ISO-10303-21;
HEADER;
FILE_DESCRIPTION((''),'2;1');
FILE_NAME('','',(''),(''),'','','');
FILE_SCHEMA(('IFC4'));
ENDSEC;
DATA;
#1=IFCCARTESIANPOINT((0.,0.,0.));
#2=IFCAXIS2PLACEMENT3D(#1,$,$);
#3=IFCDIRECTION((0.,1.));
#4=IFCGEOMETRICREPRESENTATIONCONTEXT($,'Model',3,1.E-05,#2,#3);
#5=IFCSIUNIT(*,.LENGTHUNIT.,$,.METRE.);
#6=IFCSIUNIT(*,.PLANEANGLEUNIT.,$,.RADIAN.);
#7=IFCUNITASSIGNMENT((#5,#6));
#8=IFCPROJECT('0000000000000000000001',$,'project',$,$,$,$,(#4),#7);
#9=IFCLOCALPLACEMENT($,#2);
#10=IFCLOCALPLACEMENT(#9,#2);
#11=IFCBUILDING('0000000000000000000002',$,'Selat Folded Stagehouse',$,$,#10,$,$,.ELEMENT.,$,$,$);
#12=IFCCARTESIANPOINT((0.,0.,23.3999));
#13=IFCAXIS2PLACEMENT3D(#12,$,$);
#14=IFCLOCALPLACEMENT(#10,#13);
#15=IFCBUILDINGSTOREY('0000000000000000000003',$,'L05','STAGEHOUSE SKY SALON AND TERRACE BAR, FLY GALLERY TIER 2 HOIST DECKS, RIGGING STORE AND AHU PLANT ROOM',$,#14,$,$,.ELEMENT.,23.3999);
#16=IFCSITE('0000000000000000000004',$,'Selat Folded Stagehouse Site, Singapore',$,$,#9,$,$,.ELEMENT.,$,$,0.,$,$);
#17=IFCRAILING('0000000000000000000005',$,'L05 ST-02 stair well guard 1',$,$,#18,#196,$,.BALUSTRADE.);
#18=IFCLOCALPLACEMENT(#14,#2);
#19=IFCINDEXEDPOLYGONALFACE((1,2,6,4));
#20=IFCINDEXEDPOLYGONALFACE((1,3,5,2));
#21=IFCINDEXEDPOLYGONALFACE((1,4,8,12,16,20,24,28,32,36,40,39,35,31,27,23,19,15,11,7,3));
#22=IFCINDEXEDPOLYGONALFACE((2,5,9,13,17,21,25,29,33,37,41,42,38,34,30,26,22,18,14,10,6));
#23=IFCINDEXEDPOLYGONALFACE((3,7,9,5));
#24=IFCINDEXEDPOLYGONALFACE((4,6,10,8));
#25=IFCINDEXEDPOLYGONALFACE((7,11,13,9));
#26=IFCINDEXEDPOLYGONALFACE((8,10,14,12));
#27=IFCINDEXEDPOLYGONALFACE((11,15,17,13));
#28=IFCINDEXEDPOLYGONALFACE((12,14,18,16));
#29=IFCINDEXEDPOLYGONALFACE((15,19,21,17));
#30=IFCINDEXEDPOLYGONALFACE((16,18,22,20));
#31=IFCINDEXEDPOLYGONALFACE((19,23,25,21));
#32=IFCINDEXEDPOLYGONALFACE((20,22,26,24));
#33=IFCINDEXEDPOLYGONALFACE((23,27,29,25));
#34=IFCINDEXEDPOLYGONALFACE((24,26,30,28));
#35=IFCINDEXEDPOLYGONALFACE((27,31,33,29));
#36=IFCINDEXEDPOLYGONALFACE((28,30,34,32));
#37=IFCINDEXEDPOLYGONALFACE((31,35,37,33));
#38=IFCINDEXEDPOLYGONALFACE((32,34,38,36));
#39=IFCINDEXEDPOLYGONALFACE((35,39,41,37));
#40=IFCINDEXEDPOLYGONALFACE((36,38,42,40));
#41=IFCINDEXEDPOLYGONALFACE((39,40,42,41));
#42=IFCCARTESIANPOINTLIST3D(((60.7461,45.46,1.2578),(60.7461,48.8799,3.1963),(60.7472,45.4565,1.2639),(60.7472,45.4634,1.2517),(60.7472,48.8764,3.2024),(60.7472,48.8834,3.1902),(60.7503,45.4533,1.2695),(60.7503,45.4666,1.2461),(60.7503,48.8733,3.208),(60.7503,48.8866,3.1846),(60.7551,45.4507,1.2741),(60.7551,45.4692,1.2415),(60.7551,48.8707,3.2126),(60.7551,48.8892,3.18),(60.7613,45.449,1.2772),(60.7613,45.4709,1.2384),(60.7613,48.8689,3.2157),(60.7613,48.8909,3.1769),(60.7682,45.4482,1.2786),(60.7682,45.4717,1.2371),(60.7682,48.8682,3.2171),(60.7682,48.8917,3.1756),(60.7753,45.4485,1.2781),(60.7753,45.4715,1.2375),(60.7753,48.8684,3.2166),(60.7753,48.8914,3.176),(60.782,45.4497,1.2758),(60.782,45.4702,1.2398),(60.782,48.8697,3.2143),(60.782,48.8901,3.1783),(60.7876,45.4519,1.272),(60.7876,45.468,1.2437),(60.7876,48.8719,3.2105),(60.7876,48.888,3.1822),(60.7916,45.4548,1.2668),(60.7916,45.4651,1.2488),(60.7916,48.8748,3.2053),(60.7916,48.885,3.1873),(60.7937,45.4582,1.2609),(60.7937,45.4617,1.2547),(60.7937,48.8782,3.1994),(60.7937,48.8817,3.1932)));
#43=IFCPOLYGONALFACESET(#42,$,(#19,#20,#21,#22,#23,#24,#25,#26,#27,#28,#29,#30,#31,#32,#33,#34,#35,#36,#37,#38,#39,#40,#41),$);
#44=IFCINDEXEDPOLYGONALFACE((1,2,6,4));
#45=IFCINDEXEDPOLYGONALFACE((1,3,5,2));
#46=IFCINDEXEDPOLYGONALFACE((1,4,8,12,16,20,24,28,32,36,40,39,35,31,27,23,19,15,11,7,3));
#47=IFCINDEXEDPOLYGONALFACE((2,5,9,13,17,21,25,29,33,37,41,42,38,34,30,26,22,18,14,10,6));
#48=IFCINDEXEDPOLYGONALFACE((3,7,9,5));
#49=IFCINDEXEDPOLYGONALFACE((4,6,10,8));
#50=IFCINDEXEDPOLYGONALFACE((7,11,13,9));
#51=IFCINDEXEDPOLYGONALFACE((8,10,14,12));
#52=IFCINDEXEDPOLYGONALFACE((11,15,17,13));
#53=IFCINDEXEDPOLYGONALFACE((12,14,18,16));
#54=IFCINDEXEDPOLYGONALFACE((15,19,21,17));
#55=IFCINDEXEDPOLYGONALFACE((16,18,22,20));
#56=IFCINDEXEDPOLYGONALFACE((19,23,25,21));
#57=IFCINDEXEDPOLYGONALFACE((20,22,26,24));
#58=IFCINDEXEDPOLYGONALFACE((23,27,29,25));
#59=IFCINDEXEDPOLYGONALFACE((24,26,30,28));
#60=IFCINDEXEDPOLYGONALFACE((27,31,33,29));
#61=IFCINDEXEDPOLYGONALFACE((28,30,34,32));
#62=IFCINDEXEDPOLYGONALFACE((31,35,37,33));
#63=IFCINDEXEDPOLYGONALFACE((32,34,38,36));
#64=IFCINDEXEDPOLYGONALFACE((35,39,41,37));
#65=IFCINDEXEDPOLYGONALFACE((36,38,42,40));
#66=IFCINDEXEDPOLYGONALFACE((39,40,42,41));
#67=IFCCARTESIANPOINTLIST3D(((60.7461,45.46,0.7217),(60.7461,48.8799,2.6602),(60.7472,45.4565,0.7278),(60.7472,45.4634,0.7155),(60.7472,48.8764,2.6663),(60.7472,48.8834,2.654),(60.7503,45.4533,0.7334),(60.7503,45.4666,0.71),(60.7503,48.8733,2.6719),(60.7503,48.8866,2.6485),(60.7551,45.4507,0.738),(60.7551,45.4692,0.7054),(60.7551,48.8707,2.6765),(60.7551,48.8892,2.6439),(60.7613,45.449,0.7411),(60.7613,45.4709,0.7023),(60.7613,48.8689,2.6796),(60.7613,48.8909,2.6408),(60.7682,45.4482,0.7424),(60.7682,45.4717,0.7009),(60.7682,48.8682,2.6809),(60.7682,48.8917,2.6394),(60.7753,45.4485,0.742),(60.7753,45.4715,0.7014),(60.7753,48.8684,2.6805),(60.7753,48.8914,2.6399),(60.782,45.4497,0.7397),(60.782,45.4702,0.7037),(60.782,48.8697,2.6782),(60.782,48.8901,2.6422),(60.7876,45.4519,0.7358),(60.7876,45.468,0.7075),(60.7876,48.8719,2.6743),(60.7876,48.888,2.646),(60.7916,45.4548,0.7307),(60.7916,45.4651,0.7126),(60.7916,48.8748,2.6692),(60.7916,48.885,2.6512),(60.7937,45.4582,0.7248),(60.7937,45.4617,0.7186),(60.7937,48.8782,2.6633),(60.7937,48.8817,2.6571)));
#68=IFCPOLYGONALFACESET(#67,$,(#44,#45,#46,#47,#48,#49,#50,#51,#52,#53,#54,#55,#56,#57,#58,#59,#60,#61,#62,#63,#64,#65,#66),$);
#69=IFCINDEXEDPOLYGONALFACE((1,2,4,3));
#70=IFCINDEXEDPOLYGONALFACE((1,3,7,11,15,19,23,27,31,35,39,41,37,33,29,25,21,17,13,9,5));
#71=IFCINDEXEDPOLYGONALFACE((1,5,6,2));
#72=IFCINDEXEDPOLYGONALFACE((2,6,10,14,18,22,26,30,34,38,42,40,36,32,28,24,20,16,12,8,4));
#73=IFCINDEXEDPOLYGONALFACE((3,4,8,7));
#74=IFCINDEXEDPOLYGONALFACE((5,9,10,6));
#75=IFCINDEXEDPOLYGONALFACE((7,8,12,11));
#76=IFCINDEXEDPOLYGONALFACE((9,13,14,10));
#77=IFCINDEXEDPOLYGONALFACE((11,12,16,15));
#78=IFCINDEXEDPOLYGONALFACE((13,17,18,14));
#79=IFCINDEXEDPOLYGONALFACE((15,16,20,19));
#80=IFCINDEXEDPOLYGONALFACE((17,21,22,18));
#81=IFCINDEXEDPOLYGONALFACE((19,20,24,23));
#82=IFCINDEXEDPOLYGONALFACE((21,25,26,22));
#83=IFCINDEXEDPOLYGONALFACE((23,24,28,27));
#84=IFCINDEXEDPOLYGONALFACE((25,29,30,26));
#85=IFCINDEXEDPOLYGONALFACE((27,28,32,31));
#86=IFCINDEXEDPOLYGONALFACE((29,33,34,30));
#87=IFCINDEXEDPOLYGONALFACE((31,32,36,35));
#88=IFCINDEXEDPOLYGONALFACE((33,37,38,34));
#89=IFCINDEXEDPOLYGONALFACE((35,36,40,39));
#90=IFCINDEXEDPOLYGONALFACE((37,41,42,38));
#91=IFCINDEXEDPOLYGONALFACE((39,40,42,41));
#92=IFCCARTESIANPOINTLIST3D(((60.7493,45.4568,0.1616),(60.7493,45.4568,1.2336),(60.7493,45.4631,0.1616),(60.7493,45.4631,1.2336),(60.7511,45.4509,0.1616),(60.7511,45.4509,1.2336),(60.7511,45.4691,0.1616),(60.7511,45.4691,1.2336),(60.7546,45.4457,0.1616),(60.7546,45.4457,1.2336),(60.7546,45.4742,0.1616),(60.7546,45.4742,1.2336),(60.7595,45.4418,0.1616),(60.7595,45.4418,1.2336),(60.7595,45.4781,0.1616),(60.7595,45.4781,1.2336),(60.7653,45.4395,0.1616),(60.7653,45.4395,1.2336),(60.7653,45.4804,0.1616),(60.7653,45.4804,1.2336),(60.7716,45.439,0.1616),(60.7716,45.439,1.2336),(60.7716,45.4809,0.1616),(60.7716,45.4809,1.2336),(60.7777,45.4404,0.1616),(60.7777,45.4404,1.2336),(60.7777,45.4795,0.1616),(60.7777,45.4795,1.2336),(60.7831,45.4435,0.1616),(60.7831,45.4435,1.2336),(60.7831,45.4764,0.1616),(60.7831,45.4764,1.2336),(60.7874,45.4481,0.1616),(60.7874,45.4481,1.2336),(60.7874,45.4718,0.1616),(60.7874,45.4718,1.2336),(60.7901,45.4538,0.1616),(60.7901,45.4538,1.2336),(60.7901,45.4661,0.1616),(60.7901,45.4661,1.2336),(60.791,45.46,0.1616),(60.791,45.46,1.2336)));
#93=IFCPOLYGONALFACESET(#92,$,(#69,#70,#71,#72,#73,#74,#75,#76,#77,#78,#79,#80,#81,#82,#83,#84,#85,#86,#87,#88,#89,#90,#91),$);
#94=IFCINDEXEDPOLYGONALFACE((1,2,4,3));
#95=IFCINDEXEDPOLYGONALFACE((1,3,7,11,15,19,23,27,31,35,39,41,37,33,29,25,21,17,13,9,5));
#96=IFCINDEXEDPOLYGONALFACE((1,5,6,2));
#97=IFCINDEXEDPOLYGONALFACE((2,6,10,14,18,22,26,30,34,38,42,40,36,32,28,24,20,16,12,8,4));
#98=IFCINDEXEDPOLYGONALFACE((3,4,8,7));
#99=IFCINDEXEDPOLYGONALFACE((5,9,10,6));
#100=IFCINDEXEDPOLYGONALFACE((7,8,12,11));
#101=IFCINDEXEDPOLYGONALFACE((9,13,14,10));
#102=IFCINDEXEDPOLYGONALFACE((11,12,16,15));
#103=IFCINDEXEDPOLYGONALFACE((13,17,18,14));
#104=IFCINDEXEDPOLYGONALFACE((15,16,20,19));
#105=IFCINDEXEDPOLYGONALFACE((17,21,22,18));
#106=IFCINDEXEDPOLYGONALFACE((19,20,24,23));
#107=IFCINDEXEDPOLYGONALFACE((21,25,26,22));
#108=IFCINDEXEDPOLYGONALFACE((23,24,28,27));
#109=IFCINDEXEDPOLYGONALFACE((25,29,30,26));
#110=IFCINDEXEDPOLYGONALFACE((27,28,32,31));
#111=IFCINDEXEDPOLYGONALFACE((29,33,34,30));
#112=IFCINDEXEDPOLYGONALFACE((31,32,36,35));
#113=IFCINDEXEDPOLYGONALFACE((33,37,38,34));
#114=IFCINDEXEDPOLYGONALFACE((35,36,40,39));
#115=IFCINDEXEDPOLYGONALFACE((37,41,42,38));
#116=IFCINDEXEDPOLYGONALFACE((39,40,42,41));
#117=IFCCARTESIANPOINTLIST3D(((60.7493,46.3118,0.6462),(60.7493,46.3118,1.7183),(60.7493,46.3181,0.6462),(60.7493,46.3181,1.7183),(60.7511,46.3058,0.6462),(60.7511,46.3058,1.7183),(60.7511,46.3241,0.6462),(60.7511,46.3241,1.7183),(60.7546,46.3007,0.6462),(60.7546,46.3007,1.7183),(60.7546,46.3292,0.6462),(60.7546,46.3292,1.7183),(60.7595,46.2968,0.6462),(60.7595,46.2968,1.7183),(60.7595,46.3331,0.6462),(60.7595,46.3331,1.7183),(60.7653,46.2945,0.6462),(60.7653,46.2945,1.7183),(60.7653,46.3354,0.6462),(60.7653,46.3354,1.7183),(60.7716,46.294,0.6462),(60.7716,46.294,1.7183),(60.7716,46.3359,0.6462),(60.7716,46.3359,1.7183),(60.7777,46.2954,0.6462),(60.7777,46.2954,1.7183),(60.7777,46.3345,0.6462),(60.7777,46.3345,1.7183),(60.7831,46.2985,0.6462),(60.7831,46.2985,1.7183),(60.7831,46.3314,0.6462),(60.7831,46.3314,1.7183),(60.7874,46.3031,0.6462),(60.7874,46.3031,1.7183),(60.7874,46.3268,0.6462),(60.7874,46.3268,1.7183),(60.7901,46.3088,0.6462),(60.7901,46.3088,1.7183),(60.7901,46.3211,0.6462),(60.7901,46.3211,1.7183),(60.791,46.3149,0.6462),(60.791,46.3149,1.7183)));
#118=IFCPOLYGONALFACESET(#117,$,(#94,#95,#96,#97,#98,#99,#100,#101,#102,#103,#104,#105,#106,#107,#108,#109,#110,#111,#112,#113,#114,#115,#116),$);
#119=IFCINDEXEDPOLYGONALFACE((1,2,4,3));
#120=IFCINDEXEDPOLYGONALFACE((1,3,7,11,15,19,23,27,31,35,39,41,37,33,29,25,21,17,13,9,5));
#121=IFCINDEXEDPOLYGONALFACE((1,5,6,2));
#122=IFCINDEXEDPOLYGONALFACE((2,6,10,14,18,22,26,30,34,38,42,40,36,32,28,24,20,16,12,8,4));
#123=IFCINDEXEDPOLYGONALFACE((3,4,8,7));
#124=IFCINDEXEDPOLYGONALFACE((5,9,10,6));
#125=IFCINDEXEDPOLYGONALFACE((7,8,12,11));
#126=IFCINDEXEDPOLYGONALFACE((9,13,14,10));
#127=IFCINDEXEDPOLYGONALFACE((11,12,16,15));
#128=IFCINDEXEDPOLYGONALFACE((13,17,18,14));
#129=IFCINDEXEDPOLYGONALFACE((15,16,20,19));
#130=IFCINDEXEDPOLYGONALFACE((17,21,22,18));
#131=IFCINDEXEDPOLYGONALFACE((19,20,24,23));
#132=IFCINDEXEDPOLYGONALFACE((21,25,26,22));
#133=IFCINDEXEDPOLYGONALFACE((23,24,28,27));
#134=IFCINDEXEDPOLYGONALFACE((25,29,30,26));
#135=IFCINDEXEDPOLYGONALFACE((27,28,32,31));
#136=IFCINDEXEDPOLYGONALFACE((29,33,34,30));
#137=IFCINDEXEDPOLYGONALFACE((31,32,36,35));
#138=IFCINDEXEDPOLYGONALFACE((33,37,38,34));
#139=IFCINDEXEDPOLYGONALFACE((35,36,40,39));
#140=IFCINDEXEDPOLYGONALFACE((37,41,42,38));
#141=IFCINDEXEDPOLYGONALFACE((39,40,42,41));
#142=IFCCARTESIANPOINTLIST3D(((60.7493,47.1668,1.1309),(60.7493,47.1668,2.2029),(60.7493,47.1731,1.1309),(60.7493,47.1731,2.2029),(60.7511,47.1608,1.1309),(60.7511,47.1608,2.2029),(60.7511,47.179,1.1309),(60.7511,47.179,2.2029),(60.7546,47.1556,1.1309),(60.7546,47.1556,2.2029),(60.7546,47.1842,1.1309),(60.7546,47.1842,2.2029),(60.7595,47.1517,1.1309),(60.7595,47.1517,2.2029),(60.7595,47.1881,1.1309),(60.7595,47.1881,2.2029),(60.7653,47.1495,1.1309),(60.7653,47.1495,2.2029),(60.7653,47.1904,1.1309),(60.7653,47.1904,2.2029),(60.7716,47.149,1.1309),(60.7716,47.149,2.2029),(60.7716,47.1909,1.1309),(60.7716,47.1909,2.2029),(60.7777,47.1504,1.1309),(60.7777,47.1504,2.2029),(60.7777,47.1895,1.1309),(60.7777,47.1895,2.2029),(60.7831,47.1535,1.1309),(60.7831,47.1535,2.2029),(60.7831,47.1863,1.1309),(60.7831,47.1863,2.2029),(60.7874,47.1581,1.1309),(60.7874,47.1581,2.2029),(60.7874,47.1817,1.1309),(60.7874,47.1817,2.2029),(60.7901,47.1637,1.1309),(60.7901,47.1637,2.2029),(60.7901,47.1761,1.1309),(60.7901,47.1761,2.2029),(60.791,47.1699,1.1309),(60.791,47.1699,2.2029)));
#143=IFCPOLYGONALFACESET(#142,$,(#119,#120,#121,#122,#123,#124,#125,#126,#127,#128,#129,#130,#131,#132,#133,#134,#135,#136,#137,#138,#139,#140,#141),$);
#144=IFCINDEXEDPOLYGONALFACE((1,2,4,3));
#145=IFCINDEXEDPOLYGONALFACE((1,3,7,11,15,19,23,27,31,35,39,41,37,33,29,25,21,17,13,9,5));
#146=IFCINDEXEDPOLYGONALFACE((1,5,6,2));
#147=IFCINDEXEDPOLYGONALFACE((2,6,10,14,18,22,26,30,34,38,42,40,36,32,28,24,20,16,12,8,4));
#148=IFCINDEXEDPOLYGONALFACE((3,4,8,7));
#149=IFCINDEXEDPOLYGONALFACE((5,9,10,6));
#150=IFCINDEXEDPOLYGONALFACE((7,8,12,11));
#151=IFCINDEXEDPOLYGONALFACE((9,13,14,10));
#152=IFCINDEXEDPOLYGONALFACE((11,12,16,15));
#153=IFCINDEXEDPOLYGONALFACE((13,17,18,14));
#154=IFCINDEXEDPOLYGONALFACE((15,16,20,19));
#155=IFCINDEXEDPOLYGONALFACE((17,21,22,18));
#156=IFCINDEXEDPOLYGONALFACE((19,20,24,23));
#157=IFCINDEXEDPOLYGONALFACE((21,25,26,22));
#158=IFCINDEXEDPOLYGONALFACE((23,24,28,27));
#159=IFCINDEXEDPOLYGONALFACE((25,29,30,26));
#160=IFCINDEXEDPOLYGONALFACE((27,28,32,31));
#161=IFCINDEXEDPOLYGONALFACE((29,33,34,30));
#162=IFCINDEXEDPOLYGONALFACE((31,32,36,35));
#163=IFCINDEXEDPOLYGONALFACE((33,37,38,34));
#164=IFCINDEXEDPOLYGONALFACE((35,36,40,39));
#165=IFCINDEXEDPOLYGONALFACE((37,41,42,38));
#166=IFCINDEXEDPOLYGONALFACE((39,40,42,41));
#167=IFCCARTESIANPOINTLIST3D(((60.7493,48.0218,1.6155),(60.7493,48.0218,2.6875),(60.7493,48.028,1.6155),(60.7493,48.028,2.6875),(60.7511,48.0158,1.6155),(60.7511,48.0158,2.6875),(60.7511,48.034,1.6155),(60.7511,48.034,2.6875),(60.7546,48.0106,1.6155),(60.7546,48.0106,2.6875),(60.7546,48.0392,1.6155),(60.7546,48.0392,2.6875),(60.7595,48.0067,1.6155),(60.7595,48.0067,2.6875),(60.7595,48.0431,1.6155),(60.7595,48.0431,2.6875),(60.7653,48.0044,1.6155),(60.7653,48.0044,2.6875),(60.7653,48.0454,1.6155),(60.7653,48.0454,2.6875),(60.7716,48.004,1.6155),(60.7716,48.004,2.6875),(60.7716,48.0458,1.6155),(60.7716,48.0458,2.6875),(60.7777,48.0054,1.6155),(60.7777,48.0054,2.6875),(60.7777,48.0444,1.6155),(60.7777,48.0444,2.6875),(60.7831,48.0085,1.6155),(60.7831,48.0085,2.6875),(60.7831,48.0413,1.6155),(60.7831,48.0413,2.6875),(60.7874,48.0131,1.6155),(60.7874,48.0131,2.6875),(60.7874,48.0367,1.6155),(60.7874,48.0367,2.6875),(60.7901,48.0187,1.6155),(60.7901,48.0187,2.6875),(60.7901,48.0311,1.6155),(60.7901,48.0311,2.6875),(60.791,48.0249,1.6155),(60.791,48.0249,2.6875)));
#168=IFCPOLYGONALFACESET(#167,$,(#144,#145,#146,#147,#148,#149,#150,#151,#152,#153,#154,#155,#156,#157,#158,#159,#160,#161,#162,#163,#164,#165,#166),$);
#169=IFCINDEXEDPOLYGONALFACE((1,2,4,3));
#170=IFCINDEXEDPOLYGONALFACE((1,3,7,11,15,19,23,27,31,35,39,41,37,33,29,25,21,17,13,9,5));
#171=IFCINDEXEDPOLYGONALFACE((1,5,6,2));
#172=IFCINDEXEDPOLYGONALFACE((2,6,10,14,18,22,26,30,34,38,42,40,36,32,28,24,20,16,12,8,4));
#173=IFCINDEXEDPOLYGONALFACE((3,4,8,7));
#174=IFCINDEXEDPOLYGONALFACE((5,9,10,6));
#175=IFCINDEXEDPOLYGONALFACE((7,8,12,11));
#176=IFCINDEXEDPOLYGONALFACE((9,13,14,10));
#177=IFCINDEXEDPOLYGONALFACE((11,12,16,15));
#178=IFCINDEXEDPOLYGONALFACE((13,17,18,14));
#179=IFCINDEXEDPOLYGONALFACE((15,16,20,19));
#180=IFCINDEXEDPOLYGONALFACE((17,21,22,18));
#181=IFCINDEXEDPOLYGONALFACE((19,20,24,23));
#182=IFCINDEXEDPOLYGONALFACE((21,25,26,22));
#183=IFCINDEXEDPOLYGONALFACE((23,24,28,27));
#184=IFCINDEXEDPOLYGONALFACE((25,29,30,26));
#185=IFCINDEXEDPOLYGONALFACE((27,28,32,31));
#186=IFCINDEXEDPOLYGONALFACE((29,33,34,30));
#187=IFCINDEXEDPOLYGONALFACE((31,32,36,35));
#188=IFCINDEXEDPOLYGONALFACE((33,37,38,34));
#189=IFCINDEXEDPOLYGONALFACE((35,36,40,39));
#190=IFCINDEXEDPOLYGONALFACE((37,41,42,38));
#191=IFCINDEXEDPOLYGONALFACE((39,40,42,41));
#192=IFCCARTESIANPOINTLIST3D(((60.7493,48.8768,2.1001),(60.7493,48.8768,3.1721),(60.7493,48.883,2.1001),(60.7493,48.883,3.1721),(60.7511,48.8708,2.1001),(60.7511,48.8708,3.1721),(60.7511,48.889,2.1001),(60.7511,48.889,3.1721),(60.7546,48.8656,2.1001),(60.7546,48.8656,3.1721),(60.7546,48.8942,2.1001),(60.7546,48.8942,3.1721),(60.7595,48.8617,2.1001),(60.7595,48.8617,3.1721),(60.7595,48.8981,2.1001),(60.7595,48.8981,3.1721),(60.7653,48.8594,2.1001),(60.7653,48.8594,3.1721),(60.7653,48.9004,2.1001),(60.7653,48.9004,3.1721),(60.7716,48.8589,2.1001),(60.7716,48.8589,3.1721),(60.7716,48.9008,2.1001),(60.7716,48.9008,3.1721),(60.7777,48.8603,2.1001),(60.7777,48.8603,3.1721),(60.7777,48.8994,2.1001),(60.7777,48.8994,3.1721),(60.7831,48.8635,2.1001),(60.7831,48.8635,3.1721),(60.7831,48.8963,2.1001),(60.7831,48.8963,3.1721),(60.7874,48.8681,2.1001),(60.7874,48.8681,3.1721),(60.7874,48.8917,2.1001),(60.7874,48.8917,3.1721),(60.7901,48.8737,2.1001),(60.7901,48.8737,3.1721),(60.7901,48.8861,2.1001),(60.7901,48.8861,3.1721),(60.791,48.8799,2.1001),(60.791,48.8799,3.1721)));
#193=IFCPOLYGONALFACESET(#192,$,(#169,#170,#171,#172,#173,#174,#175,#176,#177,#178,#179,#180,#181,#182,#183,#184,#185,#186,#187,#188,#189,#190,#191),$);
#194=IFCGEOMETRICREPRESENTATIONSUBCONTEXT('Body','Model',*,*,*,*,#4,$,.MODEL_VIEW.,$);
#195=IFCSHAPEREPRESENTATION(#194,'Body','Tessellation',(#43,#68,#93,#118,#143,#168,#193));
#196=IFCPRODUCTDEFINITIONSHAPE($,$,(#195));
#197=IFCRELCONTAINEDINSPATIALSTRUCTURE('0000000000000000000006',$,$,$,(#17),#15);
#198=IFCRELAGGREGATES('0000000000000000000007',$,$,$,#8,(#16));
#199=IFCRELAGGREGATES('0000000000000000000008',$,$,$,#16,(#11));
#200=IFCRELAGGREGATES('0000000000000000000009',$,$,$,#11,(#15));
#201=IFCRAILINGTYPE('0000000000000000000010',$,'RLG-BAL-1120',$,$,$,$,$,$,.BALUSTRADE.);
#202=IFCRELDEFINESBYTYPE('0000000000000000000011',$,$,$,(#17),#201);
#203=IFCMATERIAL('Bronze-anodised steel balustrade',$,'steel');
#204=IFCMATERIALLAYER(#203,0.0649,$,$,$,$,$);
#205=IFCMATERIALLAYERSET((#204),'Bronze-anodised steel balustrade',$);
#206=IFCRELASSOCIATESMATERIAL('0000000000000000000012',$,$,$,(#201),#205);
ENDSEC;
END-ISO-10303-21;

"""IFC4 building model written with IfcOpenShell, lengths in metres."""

from ifc_helpers import new_model, si_unit, direction, frame, origin, origin_2d, place, context, subcontext, project, spatial, circle, extrude, material, layer, layer_set, type_object, element, save


model = new_model("IFC4")

# Units and contexts
model_context = context("Model", 3, precision=1e-05, world=origin(), true_north=direction((0.0, 1.0)))
body_context = subcontext(model_context, "Body", "Model", "MODEL_VIEW")
ifc_project = project(units=[si_unit("LENGTHUNIT", "METRE"), si_unit("PLANEANGLEUNIT", "RADIAN")], contexts=[model_context])

# Site, building, storey
site_placement = place(None, origin())
site = spatial("IfcSite", under=ifc_project, at=site_placement, Name="Selat Folded Stagehouse Site, Singapore", CompositionType="ELEMENT", RefElevation=0.0)
building_placement = place(site_placement, origin())
building = spatial("IfcBuilding", under=site, at=building_placement, Name="Selat Folded Stagehouse", CompositionType="ELEMENT")
storey_placement = place(building_placement, frame((0.0, 0.0, 23.3999)))
storey = spatial("IfcBuildingStorey", under=building, at=storey_placement, Name="L05", Description="STAGEHOUSE SKY SALON AND TERRACE BAR, FLY GALLERY TIER 2 HOIST DECKS, RIGGING STORE AND AHU PLANT ROOM", CompositionType="ELEMENT", Elevation=23.3999)

# Railing
ifc_material_1 = material(Name="Bronze-anodised steel balustrade", Category="steel")
ifc_layer_1 = layer(ifc_material_1, 0.0649)
ifc_layer_set_1 = layer_set([ifc_layer_1], Name="Bronze-anodised steel balustrade")
railing_type_1 = type_object("IfcRailingType", Name="RLG-BAL-1120", PredefinedType="BALUSTRADE", material=ifc_layer_set_1)
railing_1_placement = place(storey_placement, frame((60.77, 45.46, 0.1616)))
element("IfcRailing", 1, at=railing_1_placement, inside=storey, type_object=railing_type_1, Name="L05 ST-02 stair well guard 1", PredefinedType="BALUSTRADE", context=body_context, shape_type="SweptSolid", body=[
    extrude(circle(Radius=0.0239, at=origin_2d()), frame((0.0, 0.0, 1.0962), z_axis=(0.0, 0.869965, 0.493113), x_axis=(-1.0, 0.0, 0.0)), (0.0, 0.0, 1.0), 3.9312),
    extrude(circle(Radius=0.0239, at=origin_2d()), frame((0.0, 0.0, 0.5601), z_axis=(0.0, 0.869965, 0.493113), x_axis=(-1.0, 0.0, 0.0)), (0.0, 0.0, 1.0), 3.9312),
    extrude(circle(Radius=0.021, at=origin_2d()), origin(), (0.0, 0.0, 1.0), 1.072),
    extrude(circle(Radius=0.021, at=origin_2d()), frame((0.0, 0.855, 0.4846)), (0.0, 0.0, 1.0), 1.072),
    extrude(circle(Radius=0.021, at=origin_2d()), frame((0.0, 1.71, 0.9692)), (0.0, 0.0, 1.0), 1.072),
    extrude(circle(Radius=0.021, at=origin_2d()), frame((0.0, 2.5649, 1.4539)), (0.0, 0.0, 1.0), 1.072),
    extrude(circle(Radius=0.021, at=origin_2d()), frame((0.0, 3.4199, 1.9385)), (0.0, 0.0, 1.0), 1.072),
])

save(model, "model.ifc")
